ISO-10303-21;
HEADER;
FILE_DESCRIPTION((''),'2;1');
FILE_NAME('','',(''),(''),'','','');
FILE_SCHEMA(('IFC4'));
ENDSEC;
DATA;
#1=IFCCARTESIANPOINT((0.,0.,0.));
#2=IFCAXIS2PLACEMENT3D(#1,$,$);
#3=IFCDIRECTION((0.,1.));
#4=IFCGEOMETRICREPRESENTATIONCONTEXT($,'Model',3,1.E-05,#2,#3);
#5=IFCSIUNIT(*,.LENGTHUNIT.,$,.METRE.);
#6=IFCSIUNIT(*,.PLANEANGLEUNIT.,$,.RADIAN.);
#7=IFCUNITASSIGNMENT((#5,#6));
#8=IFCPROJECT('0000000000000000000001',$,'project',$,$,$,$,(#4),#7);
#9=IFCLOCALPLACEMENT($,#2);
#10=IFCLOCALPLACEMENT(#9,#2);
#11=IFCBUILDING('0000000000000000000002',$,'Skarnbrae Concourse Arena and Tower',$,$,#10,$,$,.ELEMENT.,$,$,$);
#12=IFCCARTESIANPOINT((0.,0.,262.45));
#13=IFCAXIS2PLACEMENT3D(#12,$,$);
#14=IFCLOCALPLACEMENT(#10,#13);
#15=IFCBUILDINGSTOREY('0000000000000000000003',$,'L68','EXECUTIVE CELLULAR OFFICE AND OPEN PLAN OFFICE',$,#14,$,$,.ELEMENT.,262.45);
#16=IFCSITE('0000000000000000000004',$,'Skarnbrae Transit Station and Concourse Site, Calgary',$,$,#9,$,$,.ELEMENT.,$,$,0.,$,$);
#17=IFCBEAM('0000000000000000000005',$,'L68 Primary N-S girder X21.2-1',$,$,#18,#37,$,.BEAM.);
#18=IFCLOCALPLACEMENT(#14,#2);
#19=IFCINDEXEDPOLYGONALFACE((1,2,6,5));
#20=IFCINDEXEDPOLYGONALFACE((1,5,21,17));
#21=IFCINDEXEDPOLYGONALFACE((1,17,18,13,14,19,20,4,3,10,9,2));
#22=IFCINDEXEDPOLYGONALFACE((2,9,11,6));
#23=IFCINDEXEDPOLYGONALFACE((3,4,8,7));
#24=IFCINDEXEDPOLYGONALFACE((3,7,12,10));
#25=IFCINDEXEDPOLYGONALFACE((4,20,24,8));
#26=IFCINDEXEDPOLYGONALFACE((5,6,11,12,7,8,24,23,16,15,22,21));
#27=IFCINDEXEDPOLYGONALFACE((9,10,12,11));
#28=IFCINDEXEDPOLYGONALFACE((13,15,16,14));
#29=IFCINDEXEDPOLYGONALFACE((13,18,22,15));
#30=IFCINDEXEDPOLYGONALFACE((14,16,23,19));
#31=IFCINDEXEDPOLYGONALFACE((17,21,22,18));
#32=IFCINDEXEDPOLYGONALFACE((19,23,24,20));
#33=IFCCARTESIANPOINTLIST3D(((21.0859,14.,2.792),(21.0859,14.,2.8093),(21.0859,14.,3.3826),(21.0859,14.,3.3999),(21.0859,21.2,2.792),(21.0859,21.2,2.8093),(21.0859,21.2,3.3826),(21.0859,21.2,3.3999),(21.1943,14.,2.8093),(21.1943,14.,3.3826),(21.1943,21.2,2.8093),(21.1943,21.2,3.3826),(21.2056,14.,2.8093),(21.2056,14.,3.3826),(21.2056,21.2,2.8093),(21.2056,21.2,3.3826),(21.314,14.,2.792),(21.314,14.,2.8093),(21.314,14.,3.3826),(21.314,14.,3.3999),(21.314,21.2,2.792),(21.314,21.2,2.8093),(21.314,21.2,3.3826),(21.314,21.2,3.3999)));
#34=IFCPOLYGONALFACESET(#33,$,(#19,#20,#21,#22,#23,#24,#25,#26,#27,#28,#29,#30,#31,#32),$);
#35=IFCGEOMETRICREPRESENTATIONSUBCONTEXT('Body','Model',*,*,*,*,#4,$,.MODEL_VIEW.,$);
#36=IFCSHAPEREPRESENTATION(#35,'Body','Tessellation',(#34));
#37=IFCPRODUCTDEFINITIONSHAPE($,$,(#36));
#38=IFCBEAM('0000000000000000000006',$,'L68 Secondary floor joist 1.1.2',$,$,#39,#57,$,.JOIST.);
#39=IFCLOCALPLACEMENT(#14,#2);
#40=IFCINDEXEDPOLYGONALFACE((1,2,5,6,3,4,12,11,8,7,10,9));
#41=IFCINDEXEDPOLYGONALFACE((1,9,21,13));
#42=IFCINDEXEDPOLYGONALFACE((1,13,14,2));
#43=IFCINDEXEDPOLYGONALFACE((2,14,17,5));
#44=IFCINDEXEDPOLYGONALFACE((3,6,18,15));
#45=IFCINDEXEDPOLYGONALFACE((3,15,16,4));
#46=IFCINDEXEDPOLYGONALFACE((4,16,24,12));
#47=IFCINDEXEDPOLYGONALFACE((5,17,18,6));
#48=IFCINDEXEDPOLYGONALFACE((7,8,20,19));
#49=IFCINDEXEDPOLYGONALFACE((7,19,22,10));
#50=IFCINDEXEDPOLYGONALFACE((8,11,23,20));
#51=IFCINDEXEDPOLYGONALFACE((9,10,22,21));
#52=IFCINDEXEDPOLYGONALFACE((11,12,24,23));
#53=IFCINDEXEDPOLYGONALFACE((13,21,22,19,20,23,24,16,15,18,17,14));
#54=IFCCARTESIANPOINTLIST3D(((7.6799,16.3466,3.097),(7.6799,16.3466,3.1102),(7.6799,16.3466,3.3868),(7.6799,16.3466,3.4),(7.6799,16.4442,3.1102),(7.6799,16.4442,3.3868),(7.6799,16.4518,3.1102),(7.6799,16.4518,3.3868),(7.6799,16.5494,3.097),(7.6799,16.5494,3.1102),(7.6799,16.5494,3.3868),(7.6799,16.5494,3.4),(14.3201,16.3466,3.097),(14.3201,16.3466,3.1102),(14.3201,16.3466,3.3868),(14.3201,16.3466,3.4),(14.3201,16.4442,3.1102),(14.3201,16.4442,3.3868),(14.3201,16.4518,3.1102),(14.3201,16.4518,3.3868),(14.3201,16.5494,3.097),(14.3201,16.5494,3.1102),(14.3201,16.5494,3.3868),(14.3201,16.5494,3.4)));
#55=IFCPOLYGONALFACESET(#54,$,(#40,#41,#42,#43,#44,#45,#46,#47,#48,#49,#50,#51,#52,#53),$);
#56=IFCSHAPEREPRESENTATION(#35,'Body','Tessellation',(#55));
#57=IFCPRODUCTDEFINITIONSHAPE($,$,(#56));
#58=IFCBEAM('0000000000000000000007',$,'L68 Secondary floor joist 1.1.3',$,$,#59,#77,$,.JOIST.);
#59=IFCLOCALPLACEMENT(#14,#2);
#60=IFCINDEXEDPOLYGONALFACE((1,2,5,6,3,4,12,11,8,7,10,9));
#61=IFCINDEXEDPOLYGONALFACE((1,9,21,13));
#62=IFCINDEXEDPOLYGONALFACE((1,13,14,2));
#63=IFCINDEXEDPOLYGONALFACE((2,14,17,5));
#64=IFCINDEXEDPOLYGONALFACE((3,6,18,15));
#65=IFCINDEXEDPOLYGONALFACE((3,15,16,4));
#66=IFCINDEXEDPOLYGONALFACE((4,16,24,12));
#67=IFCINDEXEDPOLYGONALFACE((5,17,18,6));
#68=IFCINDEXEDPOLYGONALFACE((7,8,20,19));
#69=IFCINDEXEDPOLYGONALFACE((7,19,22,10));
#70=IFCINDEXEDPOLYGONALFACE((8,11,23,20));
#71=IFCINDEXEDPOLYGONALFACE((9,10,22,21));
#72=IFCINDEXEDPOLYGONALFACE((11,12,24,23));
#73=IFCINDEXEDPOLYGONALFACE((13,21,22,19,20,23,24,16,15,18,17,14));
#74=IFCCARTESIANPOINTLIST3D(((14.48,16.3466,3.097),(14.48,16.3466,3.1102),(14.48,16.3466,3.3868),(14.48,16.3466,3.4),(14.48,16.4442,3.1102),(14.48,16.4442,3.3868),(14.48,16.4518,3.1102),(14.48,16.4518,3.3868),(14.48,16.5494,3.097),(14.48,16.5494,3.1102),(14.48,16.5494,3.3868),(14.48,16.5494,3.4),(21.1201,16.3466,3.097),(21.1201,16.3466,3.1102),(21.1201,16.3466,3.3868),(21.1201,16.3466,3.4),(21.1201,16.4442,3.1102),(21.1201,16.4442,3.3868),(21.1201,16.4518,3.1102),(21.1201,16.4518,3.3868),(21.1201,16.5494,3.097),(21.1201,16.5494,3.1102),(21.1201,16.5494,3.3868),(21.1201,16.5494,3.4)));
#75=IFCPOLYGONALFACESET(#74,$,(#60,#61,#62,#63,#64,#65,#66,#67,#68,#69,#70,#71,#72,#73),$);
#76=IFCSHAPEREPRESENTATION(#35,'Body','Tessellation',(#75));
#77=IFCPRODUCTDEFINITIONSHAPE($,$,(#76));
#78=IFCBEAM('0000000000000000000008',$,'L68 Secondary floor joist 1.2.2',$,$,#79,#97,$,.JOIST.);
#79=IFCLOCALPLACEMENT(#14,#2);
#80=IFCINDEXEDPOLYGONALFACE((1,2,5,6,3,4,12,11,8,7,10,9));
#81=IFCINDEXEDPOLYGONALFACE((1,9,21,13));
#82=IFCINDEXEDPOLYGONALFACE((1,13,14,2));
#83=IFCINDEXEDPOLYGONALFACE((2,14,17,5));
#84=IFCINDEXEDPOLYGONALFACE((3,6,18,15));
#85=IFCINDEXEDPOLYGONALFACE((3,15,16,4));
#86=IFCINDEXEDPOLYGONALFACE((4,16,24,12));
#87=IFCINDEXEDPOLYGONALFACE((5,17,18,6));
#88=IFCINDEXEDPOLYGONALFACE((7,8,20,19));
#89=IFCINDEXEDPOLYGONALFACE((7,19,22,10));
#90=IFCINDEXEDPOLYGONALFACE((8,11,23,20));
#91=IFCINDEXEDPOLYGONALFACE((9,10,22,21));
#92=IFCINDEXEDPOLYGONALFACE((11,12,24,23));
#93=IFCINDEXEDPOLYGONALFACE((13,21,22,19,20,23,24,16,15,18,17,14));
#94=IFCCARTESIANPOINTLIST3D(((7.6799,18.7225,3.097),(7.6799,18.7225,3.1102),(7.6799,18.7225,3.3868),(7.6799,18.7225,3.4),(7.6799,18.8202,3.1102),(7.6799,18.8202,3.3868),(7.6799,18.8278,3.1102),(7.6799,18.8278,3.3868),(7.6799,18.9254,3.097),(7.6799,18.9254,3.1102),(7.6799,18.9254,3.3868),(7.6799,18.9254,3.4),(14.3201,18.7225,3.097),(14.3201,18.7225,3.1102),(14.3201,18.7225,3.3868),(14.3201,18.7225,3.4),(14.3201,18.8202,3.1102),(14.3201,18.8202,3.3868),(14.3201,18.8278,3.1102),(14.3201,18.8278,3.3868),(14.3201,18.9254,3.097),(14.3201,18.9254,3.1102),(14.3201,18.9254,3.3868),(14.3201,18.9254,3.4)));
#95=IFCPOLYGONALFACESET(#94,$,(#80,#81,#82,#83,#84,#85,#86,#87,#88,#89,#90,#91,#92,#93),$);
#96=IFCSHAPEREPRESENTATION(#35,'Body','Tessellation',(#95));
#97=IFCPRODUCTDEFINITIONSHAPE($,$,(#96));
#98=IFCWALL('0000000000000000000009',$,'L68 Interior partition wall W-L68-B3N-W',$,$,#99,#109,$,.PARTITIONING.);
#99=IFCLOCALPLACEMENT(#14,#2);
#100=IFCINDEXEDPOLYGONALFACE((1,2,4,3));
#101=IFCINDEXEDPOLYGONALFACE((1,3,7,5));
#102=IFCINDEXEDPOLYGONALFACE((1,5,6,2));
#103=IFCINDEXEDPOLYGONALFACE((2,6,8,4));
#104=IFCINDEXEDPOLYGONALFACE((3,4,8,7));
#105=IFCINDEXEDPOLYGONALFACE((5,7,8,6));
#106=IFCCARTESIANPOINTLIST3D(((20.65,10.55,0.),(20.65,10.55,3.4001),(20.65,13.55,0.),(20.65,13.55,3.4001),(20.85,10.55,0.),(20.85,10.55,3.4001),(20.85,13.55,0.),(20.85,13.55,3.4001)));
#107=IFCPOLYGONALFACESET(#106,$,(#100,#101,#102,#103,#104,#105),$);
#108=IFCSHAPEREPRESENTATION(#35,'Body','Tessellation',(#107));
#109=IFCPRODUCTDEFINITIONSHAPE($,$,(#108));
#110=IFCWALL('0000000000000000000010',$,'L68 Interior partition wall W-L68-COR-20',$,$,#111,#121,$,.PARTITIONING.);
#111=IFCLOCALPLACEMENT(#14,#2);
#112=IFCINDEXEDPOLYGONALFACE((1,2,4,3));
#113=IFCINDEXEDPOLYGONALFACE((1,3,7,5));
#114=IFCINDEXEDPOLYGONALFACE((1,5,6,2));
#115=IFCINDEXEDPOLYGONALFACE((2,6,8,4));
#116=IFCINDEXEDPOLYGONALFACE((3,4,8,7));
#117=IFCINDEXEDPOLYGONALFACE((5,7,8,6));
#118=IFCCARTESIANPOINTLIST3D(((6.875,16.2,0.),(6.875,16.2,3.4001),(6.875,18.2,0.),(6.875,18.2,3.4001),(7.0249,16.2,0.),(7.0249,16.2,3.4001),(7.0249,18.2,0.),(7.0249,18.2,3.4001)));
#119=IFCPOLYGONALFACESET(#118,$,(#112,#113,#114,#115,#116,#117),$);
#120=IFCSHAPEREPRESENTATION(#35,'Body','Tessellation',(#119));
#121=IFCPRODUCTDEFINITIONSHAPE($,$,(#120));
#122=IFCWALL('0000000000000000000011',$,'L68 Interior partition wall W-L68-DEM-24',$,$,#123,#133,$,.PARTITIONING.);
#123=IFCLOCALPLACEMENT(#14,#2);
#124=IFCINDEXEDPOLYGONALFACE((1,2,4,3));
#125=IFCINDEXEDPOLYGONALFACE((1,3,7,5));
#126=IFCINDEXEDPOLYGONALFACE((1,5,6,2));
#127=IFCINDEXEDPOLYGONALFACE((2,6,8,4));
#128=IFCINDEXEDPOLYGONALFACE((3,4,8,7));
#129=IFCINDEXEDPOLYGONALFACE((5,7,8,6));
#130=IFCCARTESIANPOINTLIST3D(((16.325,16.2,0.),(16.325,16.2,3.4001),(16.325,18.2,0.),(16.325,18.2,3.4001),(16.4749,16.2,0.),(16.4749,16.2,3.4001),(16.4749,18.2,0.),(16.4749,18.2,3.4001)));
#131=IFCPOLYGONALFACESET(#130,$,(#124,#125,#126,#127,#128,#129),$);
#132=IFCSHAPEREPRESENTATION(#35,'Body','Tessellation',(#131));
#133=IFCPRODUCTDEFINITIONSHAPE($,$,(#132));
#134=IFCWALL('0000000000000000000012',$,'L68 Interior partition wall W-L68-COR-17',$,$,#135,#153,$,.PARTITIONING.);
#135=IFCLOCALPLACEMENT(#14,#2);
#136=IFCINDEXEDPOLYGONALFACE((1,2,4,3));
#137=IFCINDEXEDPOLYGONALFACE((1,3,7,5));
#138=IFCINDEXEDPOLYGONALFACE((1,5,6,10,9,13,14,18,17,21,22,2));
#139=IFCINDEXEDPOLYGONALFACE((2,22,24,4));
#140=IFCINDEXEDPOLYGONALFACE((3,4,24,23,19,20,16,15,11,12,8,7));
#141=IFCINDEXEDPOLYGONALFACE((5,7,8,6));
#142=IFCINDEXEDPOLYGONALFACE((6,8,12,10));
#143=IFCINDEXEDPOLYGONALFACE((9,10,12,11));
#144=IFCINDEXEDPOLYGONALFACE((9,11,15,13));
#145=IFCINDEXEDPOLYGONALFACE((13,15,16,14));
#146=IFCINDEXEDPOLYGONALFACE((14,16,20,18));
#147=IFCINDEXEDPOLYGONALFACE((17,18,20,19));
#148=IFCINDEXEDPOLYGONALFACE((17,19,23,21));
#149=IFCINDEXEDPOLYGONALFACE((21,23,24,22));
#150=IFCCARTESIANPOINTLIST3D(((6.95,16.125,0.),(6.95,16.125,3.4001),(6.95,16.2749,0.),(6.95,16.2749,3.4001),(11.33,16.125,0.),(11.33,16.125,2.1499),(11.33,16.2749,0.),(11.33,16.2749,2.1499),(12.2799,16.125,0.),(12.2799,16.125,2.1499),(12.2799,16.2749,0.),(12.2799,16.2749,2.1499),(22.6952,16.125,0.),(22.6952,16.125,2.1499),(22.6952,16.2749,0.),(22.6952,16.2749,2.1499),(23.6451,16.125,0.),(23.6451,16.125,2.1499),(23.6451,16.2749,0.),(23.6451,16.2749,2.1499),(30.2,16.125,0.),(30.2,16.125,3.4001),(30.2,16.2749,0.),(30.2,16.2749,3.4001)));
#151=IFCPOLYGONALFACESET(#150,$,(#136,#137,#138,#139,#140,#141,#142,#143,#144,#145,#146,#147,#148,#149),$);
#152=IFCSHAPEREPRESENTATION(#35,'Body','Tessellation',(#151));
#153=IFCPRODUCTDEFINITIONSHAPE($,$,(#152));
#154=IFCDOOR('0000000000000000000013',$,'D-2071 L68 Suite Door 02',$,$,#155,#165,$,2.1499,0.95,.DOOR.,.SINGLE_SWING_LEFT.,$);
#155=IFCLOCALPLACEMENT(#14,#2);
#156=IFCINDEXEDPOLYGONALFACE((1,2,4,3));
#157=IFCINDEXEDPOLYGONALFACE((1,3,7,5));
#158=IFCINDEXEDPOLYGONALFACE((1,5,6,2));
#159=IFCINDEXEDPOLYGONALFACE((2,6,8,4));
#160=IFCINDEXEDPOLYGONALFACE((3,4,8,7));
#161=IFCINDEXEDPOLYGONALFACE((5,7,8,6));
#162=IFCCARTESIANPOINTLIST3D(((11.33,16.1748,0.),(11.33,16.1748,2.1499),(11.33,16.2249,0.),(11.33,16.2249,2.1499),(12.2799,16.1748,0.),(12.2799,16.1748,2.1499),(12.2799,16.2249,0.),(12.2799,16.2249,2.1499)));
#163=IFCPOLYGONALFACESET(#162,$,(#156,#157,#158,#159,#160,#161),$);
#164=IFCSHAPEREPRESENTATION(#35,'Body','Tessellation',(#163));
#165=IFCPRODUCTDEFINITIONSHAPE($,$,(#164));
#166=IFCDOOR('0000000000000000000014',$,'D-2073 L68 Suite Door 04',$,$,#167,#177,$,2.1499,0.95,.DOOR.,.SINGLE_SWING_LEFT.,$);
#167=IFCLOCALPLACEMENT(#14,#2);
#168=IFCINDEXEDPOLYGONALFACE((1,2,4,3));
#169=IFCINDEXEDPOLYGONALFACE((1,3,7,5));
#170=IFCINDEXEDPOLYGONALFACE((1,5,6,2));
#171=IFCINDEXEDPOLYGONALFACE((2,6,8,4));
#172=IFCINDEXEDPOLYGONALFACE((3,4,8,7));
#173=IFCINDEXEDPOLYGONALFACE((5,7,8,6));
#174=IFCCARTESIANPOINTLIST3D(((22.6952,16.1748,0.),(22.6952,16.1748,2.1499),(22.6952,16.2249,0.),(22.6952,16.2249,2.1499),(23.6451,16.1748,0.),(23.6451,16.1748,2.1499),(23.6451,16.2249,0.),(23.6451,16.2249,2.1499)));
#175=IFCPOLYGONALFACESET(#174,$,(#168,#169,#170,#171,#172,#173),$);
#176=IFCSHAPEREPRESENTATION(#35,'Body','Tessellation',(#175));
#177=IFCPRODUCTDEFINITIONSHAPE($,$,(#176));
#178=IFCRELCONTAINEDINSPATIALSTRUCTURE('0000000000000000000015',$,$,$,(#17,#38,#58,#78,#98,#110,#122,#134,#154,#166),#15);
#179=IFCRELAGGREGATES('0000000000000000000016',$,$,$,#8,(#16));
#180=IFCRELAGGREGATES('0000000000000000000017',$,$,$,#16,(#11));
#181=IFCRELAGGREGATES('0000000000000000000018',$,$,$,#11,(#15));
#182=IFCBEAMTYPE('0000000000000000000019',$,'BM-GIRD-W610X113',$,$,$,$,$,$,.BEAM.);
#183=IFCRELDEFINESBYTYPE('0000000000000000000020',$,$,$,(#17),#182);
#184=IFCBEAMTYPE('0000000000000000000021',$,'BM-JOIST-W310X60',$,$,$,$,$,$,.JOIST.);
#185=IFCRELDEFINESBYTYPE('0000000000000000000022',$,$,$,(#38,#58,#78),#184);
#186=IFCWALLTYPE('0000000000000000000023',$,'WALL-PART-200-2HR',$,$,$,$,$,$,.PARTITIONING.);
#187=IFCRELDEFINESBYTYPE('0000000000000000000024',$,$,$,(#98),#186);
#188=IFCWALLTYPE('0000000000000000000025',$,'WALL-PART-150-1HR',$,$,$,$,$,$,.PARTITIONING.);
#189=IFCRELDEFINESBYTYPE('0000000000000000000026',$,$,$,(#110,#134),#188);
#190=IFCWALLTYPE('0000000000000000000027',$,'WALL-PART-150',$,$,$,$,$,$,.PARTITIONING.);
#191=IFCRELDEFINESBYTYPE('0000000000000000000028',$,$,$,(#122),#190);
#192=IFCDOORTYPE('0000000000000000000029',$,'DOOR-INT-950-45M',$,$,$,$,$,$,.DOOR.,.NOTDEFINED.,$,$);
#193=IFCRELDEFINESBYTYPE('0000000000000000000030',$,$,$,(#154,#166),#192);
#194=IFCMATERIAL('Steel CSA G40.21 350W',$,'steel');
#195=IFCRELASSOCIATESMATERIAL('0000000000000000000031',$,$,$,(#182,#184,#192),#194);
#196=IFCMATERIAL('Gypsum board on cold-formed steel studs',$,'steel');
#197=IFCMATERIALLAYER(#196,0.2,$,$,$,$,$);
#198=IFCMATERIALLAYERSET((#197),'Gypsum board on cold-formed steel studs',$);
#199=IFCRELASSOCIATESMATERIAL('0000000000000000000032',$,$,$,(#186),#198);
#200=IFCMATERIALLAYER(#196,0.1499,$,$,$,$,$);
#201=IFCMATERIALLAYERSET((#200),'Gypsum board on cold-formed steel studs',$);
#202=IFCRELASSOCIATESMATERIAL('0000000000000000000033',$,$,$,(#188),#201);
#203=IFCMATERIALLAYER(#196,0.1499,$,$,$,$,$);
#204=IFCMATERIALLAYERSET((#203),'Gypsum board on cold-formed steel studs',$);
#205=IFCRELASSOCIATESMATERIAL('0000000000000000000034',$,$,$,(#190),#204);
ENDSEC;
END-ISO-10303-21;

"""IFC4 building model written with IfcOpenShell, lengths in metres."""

from ifc_helpers import new_model, si_unit, direction, frame, frame_2d, origin, origin_2d, place, context, subcontext, project, spatial, rectangle, i_section, extrude, source, transform, mapped, material, layer, layer_set, material_profile, profile_set, type_object, element, fill, save


model = new_model("IFC4")

# Units and contexts
model_context = context("Model", 3, precision=1e-05, world=origin(), true_north=direction((0.0, 1.0)))
body_context = subcontext(model_context, "Body", "Model", "MODEL_VIEW")
ifc_project = project(units=[si_unit("LENGTHUNIT", "METRE"), si_unit("PLANEANGLEUNIT", "RADIAN")], contexts=[model_context])

# Site, building, storey
site_placement = place(None, origin())
site = spatial("IfcSite", under=ifc_project, at=site_placement, Name="Skarnbrae Transit Station and Concourse Site, Calgary", CompositionType="ELEMENT", RefElevation=0.0)
building_placement = place(site_placement, origin())
building = spatial("IfcBuilding", under=site, at=building_placement, Name="Skarnbrae Concourse Arena and Tower", CompositionType="ELEMENT")
storey_placement = place(building_placement, frame((0.0, 0.0, 262.45)))
storey = spatial("IfcBuildingStorey", under=building, at=storey_placement, Name="L68", Description="EXECUTIVE CELLULAR OFFICE AND OPEN PLAN OFFICE", CompositionType="ELEMENT", Elevation=262.45)

# Shared definitions
ifc_material_1 = material(Name="Steel CSA G40.21 350W", Category="steel")

# Beams
ifc_material_profile_1 = material_profile(ifc_material_1, i_section(OverallWidth=0.228, OverallDepth=0.6079, WebThickness=0.0112, FlangeThickness=0.0173, at=origin_2d()), Name="W610X113")
ifc_profile_set_1 = profile_set([ifc_material_profile_1], Name="Steel CSA G40.21 350W")
beam_type_1 = type_object("IfcBeamType", Name="BM-GIRD-W610X113", PredefinedType="BEAM", material=ifc_profile_set_1)
shared_shape_1 = source(origin(), body_context, "Body", "SweptSolid", [
    extrude(i_section(OverallWidth=0.228, OverallDepth=0.6079, WebThickness=0.0112, FlangeThickness=0.0173, at=origin_2d()), origin(), (0.0, 0.0, 1.0), 7.2),
])
for number, where, z_axis, x_axis, name in (
    (1, (21.2, 14.0, 3.0959), (0.0, 1.0, 0.0), (-1.0, 0.0, 0.0), "L68 Primary N-S girder X21.2-1"),
):
    element("IfcBeam", number, at=place(storey_placement, frame(where, z_axis=z_axis, x_axis=x_axis)), inside=storey, type_object=beam_type_1, Name=name, PredefinedType="BEAM", context=body_context, shape_type="MappedRepresentation", body=[
        mapped(shared_shape_1, transform((0.0, 0.0, 0.0))),
    ])
ifc_material_profile_2 = material_profile(ifc_material_1, i_section(OverallWidth=0.2029, OverallDepth=0.303, WebThickness=0.0076, FlangeThickness=0.0132, at=origin_2d()), Name="W310X60")
ifc_profile_set_2 = profile_set([ifc_material_profile_2], Name="Steel CSA G40.21 350W")
beam_type_2 = type_object("IfcBeamType", Name="BM-JOIST-W310X60", PredefinedType="JOIST", material=ifc_profile_set_2)
shared_shape_2 = source(origin(), body_context, "Body", "SweptSolid", [
    extrude(i_section(OverallWidth=0.2029, OverallDepth=0.303, WebThickness=0.0076, FlangeThickness=0.0132, at=origin_2d()), origin(), (0.0, 0.0, 1.0), 6.6401),
])
for number, where, z_axis, x_axis, name in (
    (2, (7.6799, 16.448, 3.2485), (1.0, 0.0, 0.0), (0.0, 1.0, 0.0), "L68 Secondary floor joist 1.1.2"),
    (3, (14.48, 16.448, 3.2485), (1.0, 0.0, 0.0), (0.0, 1.0, 0.0), "L68 Secondary floor joist 1.1.3"),
    (4, (7.6799, 18.824, 3.2485), (1.0, 0.0, 0.0), (0.0, 1.0, 0.0), "L68 Secondary floor joist 1.2.2"),
):
    element("IfcBeam", number, at=place(storey_placement, frame(where, z_axis=z_axis, x_axis=x_axis)), inside=storey, type_object=beam_type_2, Name=name, PredefinedType="JOIST", context=body_context, shape_type="MappedRepresentation", body=[
        mapped(shared_shape_2, transform((0.0, 0.0, 0.0))),
    ])

# Walls
ifc_material_2 = material(Name="Gypsum board on cold-formed steel studs", Category="steel")
ifc_layer_1 = layer(ifc_material_2, 0.2)
ifc_layer_set_1 = layer_set([ifc_layer_1], Name="Gypsum board on cold-formed steel studs")
wall_type_1 = type_object("IfcWallType", Name="WALL-PART-200-2HR", PredefinedType="PARTITIONING", material=ifc_layer_set_1)
shared_shape_3 = source(origin(), body_context, "Body", "SweptSolid", [
    extrude(rectangle(XDim=3.0, YDim=0.2, at=frame_2d((1.5, 0.0))), origin(), (0.0, 0.0, 1.0), 3.4001),
])
wall_1_placement = place(storey_placement, frame((20.75, 10.55, 0.0), z_axis=(0.0, 0.0, 1.0), x_axis=(0.0, 1.0, 0.0)))
element("IfcWall", 5, at=wall_1_placement, inside=storey, type_object=wall_type_1, Name="L68 Interior partition wall W-L68-B3N-W", PredefinedType="PARTITIONING", context=body_context, shape_type="MappedRepresentation", body=[
    mapped(shared_shape_3, transform((0.0, 0.0, 0.0))),
])
ifc_layer_2 = layer(ifc_material_2, 0.1499)
ifc_layer_set_2 = layer_set([ifc_layer_2], Name="Gypsum board on cold-formed steel studs")
wall_type_2 = type_object("IfcWallType", Name="WALL-PART-150-1HR", PredefinedType="PARTITIONING", material=ifc_layer_set_2)
shared_shape_4 = source(origin(), body_context, "Body", "SweptSolid", [
    extrude(rectangle(XDim=2.0, YDim=0.1499, at=frame_2d((1.0, 0.0))), origin(), (0.0, 0.0, 1.0), 3.4001),
])
wall_2_placement = place(storey_placement, frame((6.95, 18.2, 0.0), z_axis=(0.0, 0.0, 1.0), x_axis=(0.0, -1.0, 0.0)))
element("IfcWall", 6, at=wall_2_placement, inside=storey, type_object=wall_type_2, Name="L68 Interior partition wall W-L68-COR-20", PredefinedType="PARTITIONING", context=body_context, shape_type="MappedRepresentation", body=[
    mapped(shared_shape_4, transform((0.0, 0.0, 0.0))),
])
ifc_layer_3 = layer(ifc_material_2, 0.1499)
ifc_layer_set_3 = layer_set([ifc_layer_3], Name="Gypsum board on cold-formed steel studs")
wall_type_3 = type_object("IfcWallType", Name="WALL-PART-150", PredefinedType="PARTITIONING", material=ifc_layer_set_3)
wall_3_placement = place(storey_placement, frame((16.3999, 18.2, 0.0), z_axis=(0.0, 0.0, 1.0), x_axis=(0.0, -1.0, 0.0)))
element("IfcWall", 7, at=wall_3_placement, inside=storey, type_object=wall_type_3, Name="L68 Interior partition wall W-L68-DEM-24", PredefinedType="PARTITIONING", context=body_context, shape_type="MappedRepresentation", body=[
    mapped(shared_shape_4, transform((0.0, 0.0, 0.0))),
])

# Wall, openings, doors
shared_shape_5 = source(origin(), body_context, "Body", "SweptSolid", [
    extrude(rectangle(XDim=23.25, YDim=0.1499, at=frame_2d((11.625, 0.0))), origin(), (0.0, 0.0, 1.0), 3.4001),
])
wall_4_placement = place(storey_placement, frame((6.95, 16.2, 0.0), z_axis=(0.0, 0.0, 1.0), x_axis=(1.0, 0.0, 0.0)))
wall_4 = element("IfcWall", 8, at=wall_4_placement, inside=storey, type_object=wall_type_2, Name="L68 Interior partition wall W-L68-COR-17", PredefinedType="PARTITIONING", context=body_context, shape_type="MappedRepresentation", body=[
    mapped(shared_shape_5, transform((0.0, 0.0, 0.0))),
])
opening_1_placement = place(wall_4_placement, frame((4.3799, 0.0, 0.0)))
opening_1 = element("IfcOpeningElement", 9, at=opening_1_placement, cuts=wall_4, PredefinedType="OPENING", context=body_context, shape_type="SweptSolid", body=[
    extrude(rectangle(XDim=0.95, YDim=2.1499, at=frame_2d((0.4751, 1.075))), frame((0.0, 0.085, 0.0), z_axis=(0.0, -1.0, 0.0), x_axis=(1.0, 0.0, 0.0)), (0.0, 0.0, 1.0), 0.1699),
])
opening_2_placement = place(wall_4_placement, frame((15.7451, 0.0, 0.0)))
opening_2 = element("IfcOpeningElement", 10, at=opening_2_placement, cuts=wall_4, PredefinedType="OPENING", context=body_context, shape_type="SweptSolid", body=[
    extrude(rectangle(XDim=0.95, YDim=2.1499, at=frame_2d((0.4751, 1.075))), frame((0.0, 0.085, 0.0), z_axis=(0.0, -1.0, 0.0), x_axis=(1.0, 0.0, 0.0)), (0.0, 0.0, 1.0), 0.1699),
])
door_type_1 = type_object("IfcDoorType", Name="DOOR-INT-950-45M", OperationType="NOTDEFINED", PredefinedType="DOOR", material=ifc_material_1)
shared_shape_6 = source(origin(), body_context, "Body", "SweptSolid", [
    extrude(rectangle(XDim=0.95, YDim=2.1499, at=frame_2d((0.4751, 1.075))), frame((0.0, 0.0249, 0.0), z_axis=(0.0, -1.0, 0.0), x_axis=(1.0, 0.0, 0.0)), (0.0, 0.0, 1.0), 0.05),
])
door_1_placement = place(opening_1_placement, origin())
door_1 = element("IfcDoor", 11, at=door_1_placement, inside=storey, type_object=door_type_1, Name="D-2071 L68 Suite Door 02", OperationType="SINGLE_SWING_LEFT", OverallHeight=2.1499, OverallWidth=0.95, PredefinedType="DOOR", context=body_context, shape_type="MappedRepresentation", body=[
    mapped(shared_shape_6, transform((0.0, 0.0, 0.0))),
])
fill(opening_1, door_1)
door_2_placement = place(opening_2_placement, origin())
door_2 = element("IfcDoor", 12, at=door_2_placement, inside=storey, type_object=door_type_1, Name="D-2073 L68 Suite Door 04", OperationType="SINGLE_SWING_LEFT", OverallHeight=2.1499, OverallWidth=0.95, PredefinedType="DOOR", context=body_context, shape_type="MappedRepresentation", body=[
    mapped(shared_shape_6, transform((0.0, 0.0, 0.0))),
])
fill(opening_2, door_2)

save(model, "model.ifc")
